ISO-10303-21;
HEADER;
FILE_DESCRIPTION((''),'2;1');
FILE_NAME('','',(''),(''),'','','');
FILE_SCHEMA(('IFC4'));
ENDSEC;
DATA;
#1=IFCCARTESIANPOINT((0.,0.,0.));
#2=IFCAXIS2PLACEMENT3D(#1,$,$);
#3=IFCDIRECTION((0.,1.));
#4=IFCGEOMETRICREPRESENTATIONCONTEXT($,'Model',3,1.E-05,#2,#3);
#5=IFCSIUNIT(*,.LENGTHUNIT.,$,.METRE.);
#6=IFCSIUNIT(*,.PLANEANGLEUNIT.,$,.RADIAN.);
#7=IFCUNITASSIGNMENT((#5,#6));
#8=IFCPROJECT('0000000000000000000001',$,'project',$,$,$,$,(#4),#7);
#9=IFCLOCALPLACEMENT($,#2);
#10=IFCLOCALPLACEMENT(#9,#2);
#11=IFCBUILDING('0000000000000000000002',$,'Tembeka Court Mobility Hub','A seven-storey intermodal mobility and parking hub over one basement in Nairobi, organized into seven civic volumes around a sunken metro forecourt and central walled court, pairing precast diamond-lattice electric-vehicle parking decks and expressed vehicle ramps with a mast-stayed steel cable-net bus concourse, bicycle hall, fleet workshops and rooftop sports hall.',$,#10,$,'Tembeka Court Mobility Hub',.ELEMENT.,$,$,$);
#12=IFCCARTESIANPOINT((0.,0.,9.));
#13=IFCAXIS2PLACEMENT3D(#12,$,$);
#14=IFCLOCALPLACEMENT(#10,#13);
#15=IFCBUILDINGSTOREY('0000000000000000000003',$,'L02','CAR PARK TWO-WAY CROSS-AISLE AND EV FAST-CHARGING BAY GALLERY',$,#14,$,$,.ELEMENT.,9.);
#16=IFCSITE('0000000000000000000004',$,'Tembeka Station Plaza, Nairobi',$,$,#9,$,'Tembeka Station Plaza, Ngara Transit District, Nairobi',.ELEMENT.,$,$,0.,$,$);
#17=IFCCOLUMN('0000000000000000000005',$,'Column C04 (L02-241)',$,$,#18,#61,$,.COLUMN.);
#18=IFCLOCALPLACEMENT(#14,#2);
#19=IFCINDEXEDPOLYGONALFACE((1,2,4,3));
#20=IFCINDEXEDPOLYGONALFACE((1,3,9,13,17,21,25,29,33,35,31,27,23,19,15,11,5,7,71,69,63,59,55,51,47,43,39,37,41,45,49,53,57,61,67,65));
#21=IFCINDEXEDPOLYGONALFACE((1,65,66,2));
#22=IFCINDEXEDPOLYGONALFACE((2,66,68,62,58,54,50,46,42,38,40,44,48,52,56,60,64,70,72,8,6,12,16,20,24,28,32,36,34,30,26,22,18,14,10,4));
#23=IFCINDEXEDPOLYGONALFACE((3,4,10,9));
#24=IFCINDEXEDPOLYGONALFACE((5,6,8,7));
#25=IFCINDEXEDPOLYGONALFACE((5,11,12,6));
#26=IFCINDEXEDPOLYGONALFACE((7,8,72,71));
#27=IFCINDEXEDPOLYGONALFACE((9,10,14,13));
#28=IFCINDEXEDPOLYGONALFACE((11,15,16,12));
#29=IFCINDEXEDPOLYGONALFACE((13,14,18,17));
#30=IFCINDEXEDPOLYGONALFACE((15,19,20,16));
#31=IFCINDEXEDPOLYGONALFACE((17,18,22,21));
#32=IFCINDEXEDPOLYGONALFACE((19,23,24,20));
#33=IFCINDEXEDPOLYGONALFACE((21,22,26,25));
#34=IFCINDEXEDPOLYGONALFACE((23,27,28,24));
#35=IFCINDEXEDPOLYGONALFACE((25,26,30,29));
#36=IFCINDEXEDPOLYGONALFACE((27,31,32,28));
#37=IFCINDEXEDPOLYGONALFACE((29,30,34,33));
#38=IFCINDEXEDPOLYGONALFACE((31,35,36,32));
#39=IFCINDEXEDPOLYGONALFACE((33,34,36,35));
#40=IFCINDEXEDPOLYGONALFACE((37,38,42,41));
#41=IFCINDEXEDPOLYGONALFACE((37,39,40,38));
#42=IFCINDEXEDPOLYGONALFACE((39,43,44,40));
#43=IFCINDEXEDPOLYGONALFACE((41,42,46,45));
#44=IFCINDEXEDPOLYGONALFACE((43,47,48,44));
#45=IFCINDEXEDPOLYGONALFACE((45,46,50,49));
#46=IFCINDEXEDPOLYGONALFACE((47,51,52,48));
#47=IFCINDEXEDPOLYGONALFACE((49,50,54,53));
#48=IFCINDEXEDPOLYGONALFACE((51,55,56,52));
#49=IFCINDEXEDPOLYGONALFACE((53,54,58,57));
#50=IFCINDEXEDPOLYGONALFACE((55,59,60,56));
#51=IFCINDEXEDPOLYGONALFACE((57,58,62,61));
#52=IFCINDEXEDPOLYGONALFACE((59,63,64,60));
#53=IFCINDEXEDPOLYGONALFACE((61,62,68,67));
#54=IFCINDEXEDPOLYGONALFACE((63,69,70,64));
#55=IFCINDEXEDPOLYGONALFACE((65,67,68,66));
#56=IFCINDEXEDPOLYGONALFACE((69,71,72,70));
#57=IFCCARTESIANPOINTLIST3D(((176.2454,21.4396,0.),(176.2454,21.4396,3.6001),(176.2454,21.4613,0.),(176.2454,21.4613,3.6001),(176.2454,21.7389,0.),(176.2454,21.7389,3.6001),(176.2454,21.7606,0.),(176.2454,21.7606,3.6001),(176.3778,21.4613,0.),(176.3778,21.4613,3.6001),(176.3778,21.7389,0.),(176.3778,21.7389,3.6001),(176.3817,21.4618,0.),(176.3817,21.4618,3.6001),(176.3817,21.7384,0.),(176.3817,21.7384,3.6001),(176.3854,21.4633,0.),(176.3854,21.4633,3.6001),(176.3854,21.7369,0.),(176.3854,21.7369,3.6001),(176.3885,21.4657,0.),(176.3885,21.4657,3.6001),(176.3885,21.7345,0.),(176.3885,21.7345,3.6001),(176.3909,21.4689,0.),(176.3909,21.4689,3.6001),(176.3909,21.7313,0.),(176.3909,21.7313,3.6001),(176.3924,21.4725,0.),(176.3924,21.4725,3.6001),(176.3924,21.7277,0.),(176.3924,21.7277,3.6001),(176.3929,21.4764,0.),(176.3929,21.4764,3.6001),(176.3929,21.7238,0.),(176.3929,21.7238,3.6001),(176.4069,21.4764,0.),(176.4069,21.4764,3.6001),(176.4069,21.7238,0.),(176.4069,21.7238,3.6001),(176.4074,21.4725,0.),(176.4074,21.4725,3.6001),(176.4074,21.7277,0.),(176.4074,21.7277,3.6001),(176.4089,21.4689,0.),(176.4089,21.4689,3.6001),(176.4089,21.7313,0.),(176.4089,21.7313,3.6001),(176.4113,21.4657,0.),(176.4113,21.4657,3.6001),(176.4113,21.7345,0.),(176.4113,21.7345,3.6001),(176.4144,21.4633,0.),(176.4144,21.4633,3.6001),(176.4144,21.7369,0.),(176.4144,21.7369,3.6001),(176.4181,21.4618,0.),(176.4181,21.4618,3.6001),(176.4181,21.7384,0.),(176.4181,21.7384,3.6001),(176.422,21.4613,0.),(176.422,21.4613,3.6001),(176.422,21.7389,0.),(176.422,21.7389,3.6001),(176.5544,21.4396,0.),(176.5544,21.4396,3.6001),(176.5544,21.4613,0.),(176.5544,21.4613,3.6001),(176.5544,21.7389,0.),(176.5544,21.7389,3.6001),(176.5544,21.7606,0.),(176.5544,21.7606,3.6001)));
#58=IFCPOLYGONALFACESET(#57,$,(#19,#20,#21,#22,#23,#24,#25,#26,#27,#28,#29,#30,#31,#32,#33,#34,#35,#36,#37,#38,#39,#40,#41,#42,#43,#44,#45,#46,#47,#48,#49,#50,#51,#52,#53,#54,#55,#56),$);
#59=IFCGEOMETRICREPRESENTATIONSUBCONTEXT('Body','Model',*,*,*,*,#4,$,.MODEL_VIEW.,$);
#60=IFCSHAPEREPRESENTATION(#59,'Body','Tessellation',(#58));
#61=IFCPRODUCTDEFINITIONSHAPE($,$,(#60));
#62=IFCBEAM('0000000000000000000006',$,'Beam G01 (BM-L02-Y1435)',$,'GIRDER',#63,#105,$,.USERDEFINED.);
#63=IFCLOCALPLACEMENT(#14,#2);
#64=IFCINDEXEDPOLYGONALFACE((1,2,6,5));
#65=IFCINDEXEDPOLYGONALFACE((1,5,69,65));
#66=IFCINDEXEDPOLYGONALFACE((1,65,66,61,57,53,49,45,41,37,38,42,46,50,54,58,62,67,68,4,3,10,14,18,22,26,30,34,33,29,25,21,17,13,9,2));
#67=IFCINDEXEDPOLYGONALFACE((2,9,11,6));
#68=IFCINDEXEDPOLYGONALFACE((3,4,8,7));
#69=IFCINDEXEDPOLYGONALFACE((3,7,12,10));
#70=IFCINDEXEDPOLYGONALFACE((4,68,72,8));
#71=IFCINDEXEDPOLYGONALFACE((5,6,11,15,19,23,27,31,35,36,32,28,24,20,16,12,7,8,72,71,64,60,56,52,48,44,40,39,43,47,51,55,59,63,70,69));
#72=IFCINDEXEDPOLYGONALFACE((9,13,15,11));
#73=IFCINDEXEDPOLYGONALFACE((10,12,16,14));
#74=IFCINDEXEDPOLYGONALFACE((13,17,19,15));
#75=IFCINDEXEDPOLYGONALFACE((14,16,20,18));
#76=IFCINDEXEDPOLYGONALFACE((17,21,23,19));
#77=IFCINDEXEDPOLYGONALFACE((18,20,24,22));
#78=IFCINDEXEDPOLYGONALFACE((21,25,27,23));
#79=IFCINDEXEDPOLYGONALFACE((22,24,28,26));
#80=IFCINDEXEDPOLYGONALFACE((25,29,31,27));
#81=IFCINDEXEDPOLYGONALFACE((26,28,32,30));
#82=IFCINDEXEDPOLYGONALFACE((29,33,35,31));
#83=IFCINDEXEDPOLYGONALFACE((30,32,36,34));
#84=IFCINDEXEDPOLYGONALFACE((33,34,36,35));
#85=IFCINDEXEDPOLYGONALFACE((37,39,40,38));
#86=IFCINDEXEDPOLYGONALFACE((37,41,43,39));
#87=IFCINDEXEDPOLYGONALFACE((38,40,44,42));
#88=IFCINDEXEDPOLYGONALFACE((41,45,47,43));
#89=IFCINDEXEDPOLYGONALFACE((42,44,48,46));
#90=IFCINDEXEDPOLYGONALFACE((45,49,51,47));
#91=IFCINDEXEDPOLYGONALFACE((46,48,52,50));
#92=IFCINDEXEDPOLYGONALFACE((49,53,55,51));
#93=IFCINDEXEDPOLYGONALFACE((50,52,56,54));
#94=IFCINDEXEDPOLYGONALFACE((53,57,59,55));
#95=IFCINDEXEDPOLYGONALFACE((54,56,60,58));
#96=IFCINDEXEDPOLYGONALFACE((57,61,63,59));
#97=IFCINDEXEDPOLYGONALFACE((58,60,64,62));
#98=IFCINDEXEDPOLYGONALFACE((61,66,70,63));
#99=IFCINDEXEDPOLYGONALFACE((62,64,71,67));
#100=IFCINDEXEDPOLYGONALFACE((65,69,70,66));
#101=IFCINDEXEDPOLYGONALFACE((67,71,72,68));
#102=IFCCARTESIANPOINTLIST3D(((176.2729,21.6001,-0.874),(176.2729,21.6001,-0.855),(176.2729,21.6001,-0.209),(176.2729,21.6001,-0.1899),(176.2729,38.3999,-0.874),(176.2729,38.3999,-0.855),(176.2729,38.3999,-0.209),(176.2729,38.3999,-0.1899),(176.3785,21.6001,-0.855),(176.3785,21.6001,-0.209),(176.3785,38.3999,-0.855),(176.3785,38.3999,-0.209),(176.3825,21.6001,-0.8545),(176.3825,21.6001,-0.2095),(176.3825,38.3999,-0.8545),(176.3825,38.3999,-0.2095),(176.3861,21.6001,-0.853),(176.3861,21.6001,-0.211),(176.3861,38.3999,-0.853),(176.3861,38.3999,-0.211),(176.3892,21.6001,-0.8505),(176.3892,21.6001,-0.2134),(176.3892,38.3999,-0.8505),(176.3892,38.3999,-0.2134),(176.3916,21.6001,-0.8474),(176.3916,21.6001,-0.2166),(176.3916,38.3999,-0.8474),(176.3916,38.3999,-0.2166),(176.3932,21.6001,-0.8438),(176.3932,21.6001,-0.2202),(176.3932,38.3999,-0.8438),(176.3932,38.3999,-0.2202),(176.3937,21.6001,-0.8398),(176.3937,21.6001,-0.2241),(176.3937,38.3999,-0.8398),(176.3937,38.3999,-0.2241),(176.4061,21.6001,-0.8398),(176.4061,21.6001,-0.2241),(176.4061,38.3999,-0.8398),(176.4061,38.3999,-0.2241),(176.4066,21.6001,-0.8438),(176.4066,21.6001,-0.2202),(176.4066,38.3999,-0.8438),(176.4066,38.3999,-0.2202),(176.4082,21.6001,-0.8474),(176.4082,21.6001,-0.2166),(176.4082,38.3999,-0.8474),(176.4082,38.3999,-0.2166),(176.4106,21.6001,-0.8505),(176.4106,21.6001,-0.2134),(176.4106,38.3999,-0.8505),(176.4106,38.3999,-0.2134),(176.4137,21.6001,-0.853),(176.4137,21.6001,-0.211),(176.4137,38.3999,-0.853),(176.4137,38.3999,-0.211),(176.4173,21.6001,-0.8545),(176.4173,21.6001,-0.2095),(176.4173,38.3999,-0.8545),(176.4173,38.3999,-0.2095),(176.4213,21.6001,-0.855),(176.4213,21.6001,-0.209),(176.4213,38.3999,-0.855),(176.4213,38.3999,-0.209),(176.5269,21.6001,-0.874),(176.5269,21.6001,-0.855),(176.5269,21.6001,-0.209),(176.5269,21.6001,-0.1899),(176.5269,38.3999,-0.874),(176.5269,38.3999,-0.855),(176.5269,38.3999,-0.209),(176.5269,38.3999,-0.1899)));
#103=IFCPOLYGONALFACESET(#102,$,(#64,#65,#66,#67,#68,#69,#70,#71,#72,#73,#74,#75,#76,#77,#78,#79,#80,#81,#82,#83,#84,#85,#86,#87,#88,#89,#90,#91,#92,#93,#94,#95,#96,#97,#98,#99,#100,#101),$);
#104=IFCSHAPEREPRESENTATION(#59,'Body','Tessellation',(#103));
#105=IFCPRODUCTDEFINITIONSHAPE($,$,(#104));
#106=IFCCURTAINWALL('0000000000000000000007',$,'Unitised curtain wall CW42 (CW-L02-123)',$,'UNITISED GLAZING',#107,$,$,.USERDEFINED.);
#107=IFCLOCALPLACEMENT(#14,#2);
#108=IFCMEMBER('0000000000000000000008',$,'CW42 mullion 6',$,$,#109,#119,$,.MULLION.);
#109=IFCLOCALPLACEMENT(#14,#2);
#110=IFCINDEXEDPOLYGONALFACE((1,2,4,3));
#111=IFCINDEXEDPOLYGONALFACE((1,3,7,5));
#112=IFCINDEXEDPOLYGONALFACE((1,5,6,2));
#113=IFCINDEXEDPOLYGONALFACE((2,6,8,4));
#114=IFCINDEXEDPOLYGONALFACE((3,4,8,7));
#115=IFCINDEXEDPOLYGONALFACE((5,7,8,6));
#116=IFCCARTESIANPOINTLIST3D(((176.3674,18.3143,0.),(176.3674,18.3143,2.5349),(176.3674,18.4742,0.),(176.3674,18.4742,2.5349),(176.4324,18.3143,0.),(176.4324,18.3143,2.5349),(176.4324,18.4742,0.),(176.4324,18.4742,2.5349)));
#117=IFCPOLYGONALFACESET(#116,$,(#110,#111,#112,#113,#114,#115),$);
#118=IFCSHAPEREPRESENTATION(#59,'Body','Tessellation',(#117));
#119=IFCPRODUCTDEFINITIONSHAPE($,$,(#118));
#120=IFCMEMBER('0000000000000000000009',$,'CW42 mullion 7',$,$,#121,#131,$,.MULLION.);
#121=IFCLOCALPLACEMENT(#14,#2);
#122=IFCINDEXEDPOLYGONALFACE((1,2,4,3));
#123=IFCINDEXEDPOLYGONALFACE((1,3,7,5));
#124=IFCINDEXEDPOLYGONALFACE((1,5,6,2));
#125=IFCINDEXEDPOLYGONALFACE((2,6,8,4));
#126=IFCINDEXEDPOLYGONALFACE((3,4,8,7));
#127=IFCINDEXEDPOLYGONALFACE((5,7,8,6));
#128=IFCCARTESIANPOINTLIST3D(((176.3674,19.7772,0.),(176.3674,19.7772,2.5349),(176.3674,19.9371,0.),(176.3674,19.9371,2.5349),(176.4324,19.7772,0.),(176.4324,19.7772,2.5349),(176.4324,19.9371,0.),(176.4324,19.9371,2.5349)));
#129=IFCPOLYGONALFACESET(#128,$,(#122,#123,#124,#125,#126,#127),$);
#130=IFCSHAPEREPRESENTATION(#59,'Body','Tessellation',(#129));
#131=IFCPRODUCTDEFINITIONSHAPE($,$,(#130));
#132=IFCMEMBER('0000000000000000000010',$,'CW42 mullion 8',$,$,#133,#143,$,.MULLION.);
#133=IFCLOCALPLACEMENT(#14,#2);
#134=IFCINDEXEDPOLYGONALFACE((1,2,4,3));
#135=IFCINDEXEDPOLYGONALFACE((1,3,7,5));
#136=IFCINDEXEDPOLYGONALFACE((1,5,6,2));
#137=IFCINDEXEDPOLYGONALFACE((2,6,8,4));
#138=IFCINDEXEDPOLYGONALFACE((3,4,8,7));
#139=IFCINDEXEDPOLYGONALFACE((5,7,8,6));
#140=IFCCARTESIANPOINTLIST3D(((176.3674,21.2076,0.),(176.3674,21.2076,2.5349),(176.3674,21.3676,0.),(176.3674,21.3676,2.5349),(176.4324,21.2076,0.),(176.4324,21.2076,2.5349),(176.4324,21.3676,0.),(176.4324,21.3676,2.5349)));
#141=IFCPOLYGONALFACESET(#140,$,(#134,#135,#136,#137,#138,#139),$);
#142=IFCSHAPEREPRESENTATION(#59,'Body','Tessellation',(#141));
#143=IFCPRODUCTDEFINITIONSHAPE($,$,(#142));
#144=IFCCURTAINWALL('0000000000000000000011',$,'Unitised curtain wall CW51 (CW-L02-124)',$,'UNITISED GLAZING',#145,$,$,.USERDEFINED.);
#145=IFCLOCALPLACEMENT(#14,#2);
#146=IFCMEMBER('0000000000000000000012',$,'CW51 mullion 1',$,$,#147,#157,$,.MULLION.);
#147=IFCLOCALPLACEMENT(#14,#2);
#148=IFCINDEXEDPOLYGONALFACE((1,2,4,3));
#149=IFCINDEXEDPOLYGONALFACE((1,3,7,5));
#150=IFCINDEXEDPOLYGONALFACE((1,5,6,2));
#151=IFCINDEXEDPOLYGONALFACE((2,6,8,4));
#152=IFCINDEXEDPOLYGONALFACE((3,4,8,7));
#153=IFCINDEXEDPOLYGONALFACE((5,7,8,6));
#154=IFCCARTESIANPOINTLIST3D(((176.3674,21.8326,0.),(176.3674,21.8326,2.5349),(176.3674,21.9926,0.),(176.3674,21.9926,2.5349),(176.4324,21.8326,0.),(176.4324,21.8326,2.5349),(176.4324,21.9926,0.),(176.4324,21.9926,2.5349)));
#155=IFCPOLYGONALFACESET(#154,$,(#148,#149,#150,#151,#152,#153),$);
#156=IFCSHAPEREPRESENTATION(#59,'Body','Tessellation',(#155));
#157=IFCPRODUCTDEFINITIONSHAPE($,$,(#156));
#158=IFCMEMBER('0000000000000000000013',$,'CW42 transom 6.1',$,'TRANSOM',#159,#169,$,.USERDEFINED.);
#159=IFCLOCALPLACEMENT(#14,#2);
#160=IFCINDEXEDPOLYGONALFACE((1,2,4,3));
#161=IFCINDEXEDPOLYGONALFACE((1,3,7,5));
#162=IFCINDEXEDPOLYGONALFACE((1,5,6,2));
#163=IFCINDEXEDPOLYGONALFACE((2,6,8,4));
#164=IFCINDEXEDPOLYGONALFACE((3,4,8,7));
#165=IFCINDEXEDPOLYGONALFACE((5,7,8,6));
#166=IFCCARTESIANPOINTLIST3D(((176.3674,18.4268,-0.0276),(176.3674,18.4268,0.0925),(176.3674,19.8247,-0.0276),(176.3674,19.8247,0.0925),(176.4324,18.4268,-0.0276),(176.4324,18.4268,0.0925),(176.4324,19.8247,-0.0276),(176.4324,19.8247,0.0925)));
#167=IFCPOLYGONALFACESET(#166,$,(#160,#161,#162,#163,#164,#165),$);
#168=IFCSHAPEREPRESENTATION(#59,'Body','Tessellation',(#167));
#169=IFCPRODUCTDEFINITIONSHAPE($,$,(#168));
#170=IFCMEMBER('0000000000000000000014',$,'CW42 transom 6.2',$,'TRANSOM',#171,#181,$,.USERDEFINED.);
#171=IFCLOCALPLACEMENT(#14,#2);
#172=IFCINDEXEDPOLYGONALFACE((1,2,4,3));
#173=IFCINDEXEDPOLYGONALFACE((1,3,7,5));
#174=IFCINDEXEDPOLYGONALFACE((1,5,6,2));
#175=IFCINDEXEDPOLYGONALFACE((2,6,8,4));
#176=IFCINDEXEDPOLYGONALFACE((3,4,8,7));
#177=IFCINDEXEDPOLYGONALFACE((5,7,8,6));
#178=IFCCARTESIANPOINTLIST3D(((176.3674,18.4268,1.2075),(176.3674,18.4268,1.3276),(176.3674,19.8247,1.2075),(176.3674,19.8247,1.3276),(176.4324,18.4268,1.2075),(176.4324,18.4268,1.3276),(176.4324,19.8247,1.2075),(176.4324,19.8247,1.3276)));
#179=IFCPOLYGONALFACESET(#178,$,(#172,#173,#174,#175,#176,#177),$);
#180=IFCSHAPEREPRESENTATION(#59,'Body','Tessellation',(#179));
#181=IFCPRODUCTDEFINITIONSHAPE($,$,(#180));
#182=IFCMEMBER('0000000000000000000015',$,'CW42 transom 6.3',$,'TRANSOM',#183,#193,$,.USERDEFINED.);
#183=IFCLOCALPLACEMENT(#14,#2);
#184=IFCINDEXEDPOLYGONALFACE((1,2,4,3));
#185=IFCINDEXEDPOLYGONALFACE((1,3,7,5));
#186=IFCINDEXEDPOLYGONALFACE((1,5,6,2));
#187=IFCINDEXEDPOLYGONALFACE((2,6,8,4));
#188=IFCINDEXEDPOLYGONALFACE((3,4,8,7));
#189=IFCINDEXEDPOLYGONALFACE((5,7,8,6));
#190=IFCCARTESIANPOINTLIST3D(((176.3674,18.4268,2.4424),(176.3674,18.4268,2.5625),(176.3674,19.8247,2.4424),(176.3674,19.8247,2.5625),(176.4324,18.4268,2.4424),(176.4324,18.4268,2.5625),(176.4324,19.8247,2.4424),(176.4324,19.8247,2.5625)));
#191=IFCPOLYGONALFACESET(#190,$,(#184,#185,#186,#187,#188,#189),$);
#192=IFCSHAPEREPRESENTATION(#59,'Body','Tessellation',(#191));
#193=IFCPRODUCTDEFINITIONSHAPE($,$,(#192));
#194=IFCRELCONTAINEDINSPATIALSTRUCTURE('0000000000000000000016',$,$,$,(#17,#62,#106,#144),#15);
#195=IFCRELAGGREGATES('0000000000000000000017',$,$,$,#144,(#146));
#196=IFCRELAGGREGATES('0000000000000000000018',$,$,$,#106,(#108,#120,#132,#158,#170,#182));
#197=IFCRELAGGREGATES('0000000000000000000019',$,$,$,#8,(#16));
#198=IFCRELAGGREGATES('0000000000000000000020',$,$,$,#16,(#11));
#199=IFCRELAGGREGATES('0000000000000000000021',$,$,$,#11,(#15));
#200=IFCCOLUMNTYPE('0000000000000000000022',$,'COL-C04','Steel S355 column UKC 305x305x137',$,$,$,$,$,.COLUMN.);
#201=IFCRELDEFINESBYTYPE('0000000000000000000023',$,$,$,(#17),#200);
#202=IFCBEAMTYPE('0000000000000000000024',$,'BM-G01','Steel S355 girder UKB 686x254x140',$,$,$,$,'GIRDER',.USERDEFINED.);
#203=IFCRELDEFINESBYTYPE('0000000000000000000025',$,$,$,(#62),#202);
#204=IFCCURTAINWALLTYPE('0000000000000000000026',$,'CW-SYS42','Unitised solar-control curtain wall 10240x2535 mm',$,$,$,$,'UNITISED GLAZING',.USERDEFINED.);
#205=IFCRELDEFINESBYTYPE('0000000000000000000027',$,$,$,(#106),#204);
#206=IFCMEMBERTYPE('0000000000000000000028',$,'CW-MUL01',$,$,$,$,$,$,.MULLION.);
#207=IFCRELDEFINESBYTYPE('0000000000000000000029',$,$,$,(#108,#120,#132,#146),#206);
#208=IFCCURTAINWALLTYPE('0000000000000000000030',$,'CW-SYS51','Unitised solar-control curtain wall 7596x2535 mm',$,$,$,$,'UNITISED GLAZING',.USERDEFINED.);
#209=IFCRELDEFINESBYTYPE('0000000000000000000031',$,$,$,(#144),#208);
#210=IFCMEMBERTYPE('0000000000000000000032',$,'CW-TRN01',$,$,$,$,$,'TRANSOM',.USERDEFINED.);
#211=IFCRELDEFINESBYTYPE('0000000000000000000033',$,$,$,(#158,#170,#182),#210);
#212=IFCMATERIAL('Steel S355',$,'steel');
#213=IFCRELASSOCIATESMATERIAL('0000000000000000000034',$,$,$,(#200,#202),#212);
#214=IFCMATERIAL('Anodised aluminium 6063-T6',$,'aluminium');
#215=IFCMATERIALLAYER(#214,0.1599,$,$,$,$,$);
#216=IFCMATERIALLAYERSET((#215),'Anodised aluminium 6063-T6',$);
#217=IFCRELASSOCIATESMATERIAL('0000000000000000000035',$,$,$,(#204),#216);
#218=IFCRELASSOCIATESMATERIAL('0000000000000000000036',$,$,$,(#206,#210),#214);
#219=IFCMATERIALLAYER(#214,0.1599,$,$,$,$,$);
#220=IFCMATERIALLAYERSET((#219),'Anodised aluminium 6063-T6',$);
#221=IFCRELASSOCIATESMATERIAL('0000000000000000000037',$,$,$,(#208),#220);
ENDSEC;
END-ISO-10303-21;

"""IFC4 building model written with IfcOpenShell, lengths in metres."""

from ifc_helpers import new_model, si_unit, direction, frame, origin, origin_2d, place, context, subcontext, project, spatial, rectangle, i_section, extrude, material, layer, layer_set, material_profile, profile_set, type_object, element, aggregate, save


model = new_model("IFC4")

# Units and contexts
model_context = context("Model", 3, precision=1e-05, world=origin(), true_north=direction((0.0, 1.0)))
body_context = subcontext(model_context, "Body", "Model", "MODEL_VIEW")
ifc_project = project(units=[si_unit("LENGTHUNIT", "METRE"), si_unit("PLANEANGLEUNIT", "RADIAN")], contexts=[model_context])

# Site, building, storey
site_placement = place(None, origin())
site = spatial("IfcSite", under=ifc_project, at=site_placement, Name="Tembeka Station Plaza, Nairobi", LongName="Tembeka Station Plaza, Ngara Transit District, Nairobi", CompositionType="ELEMENT", RefElevation=0.0)
building_placement = place(site_placement, origin())
building = spatial("IfcBuilding", under=site, at=building_placement, Name="Tembeka Court Mobility Hub", Description="A seven-storey intermodal mobility and parking hub over one basement in Nairobi, organized into seven civic volumes around a sunken metro forecourt and central walled court, pairing precast diamond-lattice electric-vehicle parking decks and expressed vehicle ramps with a mast-stayed steel cable-net bus concourse, bicycle hall, fleet workshops and rooftop sports hall.", LongName="Tembeka Court Mobility Hub", CompositionType="ELEMENT")
storey_placement = place(building_placement, frame((0.0, 0.0, 9.0)))
storey = spatial("IfcBuildingStorey", under=building, at=storey_placement, Name="L02", Description="CAR PARK TWO-WAY CROSS-AISLE AND EV FAST-CHARGING BAY GALLERY", CompositionType="ELEMENT", Elevation=9.0)

# Column
ifc_material_1 = material(Name="Steel S355", Category="steel")
ifc_material_profile_1 = material_profile(ifc_material_1, i_section(OverallWidth=0.3091, OverallDepth=0.321, WebThickness=0.0139, FlangeThickness=0.0217, FilletRadius=0.0151, at=origin_2d()), Name="UKC 305x305x137")
ifc_profile_set_1 = profile_set([ifc_material_profile_1], Name="Steel S355")
column_type = type_object("IfcColumnType", Name="COL-C04", Description="Steel S355 column UKC 305x305x137", PredefinedType="COLUMN", material=ifc_profile_set_1)
column_placement = place(storey_placement, frame((176.3999, 21.6001, 0.0), z_axis=(0.0, 0.0, 1.0), x_axis=(1.0, 0.0, 0.0)))
element("IfcColumn", 1, at=column_placement, inside=storey, type_object=column_type, Name="Column C04 (L02-241)", PredefinedType="COLUMN", context=body_context, shape_type="SweptSolid", body=[
    extrude(i_section(OverallWidth=0.3091, OverallDepth=0.321, WebThickness=0.0139, FlangeThickness=0.0217, FilletRadius=0.0151, at=origin_2d()), origin(), (0.0, 0.0, 1.0), 3.6001),
])

# Beam
ifc_material_profile_2 = material_profile(ifc_material_1, i_section(OverallWidth=0.2539, OverallDepth=0.6841, WebThickness=0.0125, FlangeThickness=0.019, FilletRadius=0.0151, at=origin_2d()), Name="UKB 686x254x140")
ifc_profile_set_2 = profile_set([ifc_material_profile_2], Name="Steel S355")
beam_type = type_object("IfcBeamType", Name="BM-G01", Description="Steel S355 girder UKB 686x254x140", ElementType="GIRDER", PredefinedType="USERDEFINED", material=ifc_profile_set_2)
beam_placement = place(storey_placement, frame((176.3999, 21.6001, -0.532), z_axis=(0.0, 1.0, 0.0), x_axis=(-1.0, 0.0, 0.0)))
element("IfcBeam", 2, at=beam_placement, inside=storey, type_object=beam_type, Name="Beam G01 (BM-L02-Y1435)", ObjectType="GIRDER", PredefinedType="USERDEFINED", context=body_context, shape_type="SweptSolid", body=[
    extrude(i_section(OverallWidth=0.2539, OverallDepth=0.6841, WebThickness=0.0125, FlangeThickness=0.019, FilletRadius=0.0151, at=origin_2d()), origin(), (0.0, 0.0, 1.0), 16.7998),
])

# Curtain wall, members
ifc_material_2 = material(Name="Anodised aluminium 6063-T6", Category="aluminium")
ifc_layer_1 = layer(ifc_material_2, 0.1599)
ifc_layer_set_1 = layer_set([ifc_layer_1], Name="Anodised aluminium 6063-T6")
curtain_wall_type_1 = type_object("IfcCurtainWallType", Name="CW-SYS42", Description="Unitised solar-control curtain wall 10240x2535 mm", ElementType="UNITISED GLAZING", PredefinedType="USERDEFINED", material=ifc_layer_set_1)
curtain_wall_1_placement = place(storey_placement, origin())
curtain_wall_1 = element("IfcCurtainWall", 3, at=curtain_wall_1_placement, inside=storey, type_object=curtain_wall_type_1, Name="Unitised curtain wall CW42 (CW-L02-123)", ObjectType="UNITISED GLAZING", PredefinedType="USERDEFINED")
ifc_material_profile_3 = material_profile(ifc_material_2, rectangle(XDim=0.0649, YDim=0.1599, at=origin_2d()), Name="ALU-MUL 65x160")
ifc_profile_set_3 = profile_set([ifc_material_profile_3], Name="Anodised aluminium 6063-T6")
member_type_1 = type_object("IfcMemberType", Name="CW-MUL01", PredefinedType="MULLION", material=ifc_profile_set_3)
member_1_placement = place(storey_placement, frame((176.3999, 18.3943, 0.0), z_axis=(0.0, 0.0, 1.0), x_axis=(-1.0, 0.0, 0.0)))
member_1 = element("IfcMember", 4, at=member_1_placement, type_object=member_type_1, Name="CW42 mullion 6", PredefinedType="MULLION", context=body_context, shape_type="SweptSolid", body=[
    extrude(rectangle(XDim=0.0649, YDim=0.1599, at=origin_2d()), origin(), (0.0, 0.0, 1.0), 2.5349),
])
member_2_placement = place(storey_placement, frame((176.3999, 19.8572, 0.0), z_axis=(0.0, 0.0, 1.0), x_axis=(-1.0, 0.0, 0.0)))
member_2 = element("IfcMember", 5, at=member_2_placement, type_object=member_type_1, Name="CW42 mullion 7", PredefinedType="MULLION", context=body_context, shape_type="SweptSolid", body=[
    extrude(rectangle(XDim=0.0649, YDim=0.1599, at=origin_2d()), origin(), (0.0, 0.0, 1.0), 2.5349),
])
member_3_placement = place(storey_placement, frame((176.3999, 21.2876, 0.0), z_axis=(0.0, 0.0, 1.0), x_axis=(-1.0, 0.0, 0.0)))
member_3 = element("IfcMember", 6, at=member_3_placement, type_object=member_type_1, Name="CW42 mullion 8", PredefinedType="MULLION", context=body_context, shape_type="SweptSolid", body=[
    extrude(rectangle(XDim=0.0649, YDim=0.1599, at=origin_2d()), origin(), (0.0, 0.0, 1.0), 2.5349),
])

# Curtain wall, member
ifc_layer_2 = layer(ifc_material_2, 0.1599)
ifc_layer_set_2 = layer_set([ifc_layer_2], Name="Anodised aluminium 6063-T6")
curtain_wall_type_2 = type_object("IfcCurtainWallType", Name="CW-SYS51", Description="Unitised solar-control curtain wall 7596x2535 mm", ElementType="UNITISED GLAZING", PredefinedType="USERDEFINED", material=ifc_layer_set_2)
curtain_wall_2_placement = place(storey_placement, origin())
curtain_wall_2 = element("IfcCurtainWall", 7, at=curtain_wall_2_placement, inside=storey, type_object=curtain_wall_type_2, Name="Unitised curtain wall CW51 (CW-L02-124)", ObjectType="UNITISED GLAZING", PredefinedType="USERDEFINED")
member_4_placement = place(storey_placement, frame((176.3999, 21.9126, 0.0), z_axis=(0.0, 0.0, 1.0), x_axis=(-1.0, 0.0, 0.0)))
member_4 = element("IfcMember", 8, at=member_4_placement, type_object=member_type_1, Name="CW51 mullion 1", PredefinedType="MULLION", context=body_context, shape_type="SweptSolid", body=[
    extrude(rectangle(XDim=0.0649, YDim=0.1599, at=origin_2d()), origin(), (0.0, 0.0, 1.0), 2.5349),
])

# Members
ifc_material_profile_4 = material_profile(ifc_material_2, rectangle(XDim=0.0649, YDim=0.1201, at=origin_2d()), Name="ALU-TRN 65x120")
ifc_profile_set_4 = profile_set([ifc_material_profile_4], Name="Anodised aluminium 6063-T6")
member_type_2 = type_object("IfcMemberType", Name="CW-TRN01", ElementType="TRANSOM", PredefinedType="USERDEFINED", material=ifc_profile_set_4)
member_5_placement = place(storey_placement, frame((176.3999, 18.4268, 0.0325), z_axis=(0.0, 1.0, 0.0), x_axis=(-1.0, 0.0, 0.0)))
member_5 = element("IfcMember", 9, at=member_5_placement, type_object=member_type_2, Name="CW42 transom 6.1", ObjectType="TRANSOM", PredefinedType="USERDEFINED", context=body_context, shape_type="SweptSolid", body=[
    extrude(rectangle(XDim=0.0649, YDim=0.1201, at=origin_2d()), origin(), (0.0, 0.0, 1.0), 1.3979),
])
member_6_placement = place(storey_placement, frame((176.3999, 18.4268, 1.2676), z_axis=(0.0, 1.0, 0.0), x_axis=(-1.0, 0.0, 0.0)))
member_6 = element("IfcMember", 10, at=member_6_placement, type_object=member_type_2, Name="CW42 transom 6.2", ObjectType="TRANSOM", PredefinedType="USERDEFINED", context=body_context, shape_type="SweptSolid", body=[
    extrude(rectangle(XDim=0.0649, YDim=0.1201, at=origin_2d()), origin(), (0.0, 0.0, 1.0), 1.3979),
])
member_7_placement = place(storey_placement, frame((176.3999, 18.4268, 2.5024), z_axis=(0.0, 1.0, 0.0), x_axis=(-1.0, 0.0, 0.0)))
member_7 = element("IfcMember", 11, at=member_7_placement, type_object=member_type_2, Name="CW42 transom 6.3", ObjectType="TRANSOM", PredefinedType="USERDEFINED", context=body_context, shape_type="SweptSolid", body=[
    extrude(rectangle(XDim=0.0649, YDim=0.1201, at=origin_2d()), origin(), (0.0, 0.0, 1.0), 1.3979),
])
aggregate(curtain_wall_2, [member_4])

aggregate(curtain_wall_1, [member_1, member_2, member_3, member_5, member_6, member_7])

save(model, "model.ifc")
